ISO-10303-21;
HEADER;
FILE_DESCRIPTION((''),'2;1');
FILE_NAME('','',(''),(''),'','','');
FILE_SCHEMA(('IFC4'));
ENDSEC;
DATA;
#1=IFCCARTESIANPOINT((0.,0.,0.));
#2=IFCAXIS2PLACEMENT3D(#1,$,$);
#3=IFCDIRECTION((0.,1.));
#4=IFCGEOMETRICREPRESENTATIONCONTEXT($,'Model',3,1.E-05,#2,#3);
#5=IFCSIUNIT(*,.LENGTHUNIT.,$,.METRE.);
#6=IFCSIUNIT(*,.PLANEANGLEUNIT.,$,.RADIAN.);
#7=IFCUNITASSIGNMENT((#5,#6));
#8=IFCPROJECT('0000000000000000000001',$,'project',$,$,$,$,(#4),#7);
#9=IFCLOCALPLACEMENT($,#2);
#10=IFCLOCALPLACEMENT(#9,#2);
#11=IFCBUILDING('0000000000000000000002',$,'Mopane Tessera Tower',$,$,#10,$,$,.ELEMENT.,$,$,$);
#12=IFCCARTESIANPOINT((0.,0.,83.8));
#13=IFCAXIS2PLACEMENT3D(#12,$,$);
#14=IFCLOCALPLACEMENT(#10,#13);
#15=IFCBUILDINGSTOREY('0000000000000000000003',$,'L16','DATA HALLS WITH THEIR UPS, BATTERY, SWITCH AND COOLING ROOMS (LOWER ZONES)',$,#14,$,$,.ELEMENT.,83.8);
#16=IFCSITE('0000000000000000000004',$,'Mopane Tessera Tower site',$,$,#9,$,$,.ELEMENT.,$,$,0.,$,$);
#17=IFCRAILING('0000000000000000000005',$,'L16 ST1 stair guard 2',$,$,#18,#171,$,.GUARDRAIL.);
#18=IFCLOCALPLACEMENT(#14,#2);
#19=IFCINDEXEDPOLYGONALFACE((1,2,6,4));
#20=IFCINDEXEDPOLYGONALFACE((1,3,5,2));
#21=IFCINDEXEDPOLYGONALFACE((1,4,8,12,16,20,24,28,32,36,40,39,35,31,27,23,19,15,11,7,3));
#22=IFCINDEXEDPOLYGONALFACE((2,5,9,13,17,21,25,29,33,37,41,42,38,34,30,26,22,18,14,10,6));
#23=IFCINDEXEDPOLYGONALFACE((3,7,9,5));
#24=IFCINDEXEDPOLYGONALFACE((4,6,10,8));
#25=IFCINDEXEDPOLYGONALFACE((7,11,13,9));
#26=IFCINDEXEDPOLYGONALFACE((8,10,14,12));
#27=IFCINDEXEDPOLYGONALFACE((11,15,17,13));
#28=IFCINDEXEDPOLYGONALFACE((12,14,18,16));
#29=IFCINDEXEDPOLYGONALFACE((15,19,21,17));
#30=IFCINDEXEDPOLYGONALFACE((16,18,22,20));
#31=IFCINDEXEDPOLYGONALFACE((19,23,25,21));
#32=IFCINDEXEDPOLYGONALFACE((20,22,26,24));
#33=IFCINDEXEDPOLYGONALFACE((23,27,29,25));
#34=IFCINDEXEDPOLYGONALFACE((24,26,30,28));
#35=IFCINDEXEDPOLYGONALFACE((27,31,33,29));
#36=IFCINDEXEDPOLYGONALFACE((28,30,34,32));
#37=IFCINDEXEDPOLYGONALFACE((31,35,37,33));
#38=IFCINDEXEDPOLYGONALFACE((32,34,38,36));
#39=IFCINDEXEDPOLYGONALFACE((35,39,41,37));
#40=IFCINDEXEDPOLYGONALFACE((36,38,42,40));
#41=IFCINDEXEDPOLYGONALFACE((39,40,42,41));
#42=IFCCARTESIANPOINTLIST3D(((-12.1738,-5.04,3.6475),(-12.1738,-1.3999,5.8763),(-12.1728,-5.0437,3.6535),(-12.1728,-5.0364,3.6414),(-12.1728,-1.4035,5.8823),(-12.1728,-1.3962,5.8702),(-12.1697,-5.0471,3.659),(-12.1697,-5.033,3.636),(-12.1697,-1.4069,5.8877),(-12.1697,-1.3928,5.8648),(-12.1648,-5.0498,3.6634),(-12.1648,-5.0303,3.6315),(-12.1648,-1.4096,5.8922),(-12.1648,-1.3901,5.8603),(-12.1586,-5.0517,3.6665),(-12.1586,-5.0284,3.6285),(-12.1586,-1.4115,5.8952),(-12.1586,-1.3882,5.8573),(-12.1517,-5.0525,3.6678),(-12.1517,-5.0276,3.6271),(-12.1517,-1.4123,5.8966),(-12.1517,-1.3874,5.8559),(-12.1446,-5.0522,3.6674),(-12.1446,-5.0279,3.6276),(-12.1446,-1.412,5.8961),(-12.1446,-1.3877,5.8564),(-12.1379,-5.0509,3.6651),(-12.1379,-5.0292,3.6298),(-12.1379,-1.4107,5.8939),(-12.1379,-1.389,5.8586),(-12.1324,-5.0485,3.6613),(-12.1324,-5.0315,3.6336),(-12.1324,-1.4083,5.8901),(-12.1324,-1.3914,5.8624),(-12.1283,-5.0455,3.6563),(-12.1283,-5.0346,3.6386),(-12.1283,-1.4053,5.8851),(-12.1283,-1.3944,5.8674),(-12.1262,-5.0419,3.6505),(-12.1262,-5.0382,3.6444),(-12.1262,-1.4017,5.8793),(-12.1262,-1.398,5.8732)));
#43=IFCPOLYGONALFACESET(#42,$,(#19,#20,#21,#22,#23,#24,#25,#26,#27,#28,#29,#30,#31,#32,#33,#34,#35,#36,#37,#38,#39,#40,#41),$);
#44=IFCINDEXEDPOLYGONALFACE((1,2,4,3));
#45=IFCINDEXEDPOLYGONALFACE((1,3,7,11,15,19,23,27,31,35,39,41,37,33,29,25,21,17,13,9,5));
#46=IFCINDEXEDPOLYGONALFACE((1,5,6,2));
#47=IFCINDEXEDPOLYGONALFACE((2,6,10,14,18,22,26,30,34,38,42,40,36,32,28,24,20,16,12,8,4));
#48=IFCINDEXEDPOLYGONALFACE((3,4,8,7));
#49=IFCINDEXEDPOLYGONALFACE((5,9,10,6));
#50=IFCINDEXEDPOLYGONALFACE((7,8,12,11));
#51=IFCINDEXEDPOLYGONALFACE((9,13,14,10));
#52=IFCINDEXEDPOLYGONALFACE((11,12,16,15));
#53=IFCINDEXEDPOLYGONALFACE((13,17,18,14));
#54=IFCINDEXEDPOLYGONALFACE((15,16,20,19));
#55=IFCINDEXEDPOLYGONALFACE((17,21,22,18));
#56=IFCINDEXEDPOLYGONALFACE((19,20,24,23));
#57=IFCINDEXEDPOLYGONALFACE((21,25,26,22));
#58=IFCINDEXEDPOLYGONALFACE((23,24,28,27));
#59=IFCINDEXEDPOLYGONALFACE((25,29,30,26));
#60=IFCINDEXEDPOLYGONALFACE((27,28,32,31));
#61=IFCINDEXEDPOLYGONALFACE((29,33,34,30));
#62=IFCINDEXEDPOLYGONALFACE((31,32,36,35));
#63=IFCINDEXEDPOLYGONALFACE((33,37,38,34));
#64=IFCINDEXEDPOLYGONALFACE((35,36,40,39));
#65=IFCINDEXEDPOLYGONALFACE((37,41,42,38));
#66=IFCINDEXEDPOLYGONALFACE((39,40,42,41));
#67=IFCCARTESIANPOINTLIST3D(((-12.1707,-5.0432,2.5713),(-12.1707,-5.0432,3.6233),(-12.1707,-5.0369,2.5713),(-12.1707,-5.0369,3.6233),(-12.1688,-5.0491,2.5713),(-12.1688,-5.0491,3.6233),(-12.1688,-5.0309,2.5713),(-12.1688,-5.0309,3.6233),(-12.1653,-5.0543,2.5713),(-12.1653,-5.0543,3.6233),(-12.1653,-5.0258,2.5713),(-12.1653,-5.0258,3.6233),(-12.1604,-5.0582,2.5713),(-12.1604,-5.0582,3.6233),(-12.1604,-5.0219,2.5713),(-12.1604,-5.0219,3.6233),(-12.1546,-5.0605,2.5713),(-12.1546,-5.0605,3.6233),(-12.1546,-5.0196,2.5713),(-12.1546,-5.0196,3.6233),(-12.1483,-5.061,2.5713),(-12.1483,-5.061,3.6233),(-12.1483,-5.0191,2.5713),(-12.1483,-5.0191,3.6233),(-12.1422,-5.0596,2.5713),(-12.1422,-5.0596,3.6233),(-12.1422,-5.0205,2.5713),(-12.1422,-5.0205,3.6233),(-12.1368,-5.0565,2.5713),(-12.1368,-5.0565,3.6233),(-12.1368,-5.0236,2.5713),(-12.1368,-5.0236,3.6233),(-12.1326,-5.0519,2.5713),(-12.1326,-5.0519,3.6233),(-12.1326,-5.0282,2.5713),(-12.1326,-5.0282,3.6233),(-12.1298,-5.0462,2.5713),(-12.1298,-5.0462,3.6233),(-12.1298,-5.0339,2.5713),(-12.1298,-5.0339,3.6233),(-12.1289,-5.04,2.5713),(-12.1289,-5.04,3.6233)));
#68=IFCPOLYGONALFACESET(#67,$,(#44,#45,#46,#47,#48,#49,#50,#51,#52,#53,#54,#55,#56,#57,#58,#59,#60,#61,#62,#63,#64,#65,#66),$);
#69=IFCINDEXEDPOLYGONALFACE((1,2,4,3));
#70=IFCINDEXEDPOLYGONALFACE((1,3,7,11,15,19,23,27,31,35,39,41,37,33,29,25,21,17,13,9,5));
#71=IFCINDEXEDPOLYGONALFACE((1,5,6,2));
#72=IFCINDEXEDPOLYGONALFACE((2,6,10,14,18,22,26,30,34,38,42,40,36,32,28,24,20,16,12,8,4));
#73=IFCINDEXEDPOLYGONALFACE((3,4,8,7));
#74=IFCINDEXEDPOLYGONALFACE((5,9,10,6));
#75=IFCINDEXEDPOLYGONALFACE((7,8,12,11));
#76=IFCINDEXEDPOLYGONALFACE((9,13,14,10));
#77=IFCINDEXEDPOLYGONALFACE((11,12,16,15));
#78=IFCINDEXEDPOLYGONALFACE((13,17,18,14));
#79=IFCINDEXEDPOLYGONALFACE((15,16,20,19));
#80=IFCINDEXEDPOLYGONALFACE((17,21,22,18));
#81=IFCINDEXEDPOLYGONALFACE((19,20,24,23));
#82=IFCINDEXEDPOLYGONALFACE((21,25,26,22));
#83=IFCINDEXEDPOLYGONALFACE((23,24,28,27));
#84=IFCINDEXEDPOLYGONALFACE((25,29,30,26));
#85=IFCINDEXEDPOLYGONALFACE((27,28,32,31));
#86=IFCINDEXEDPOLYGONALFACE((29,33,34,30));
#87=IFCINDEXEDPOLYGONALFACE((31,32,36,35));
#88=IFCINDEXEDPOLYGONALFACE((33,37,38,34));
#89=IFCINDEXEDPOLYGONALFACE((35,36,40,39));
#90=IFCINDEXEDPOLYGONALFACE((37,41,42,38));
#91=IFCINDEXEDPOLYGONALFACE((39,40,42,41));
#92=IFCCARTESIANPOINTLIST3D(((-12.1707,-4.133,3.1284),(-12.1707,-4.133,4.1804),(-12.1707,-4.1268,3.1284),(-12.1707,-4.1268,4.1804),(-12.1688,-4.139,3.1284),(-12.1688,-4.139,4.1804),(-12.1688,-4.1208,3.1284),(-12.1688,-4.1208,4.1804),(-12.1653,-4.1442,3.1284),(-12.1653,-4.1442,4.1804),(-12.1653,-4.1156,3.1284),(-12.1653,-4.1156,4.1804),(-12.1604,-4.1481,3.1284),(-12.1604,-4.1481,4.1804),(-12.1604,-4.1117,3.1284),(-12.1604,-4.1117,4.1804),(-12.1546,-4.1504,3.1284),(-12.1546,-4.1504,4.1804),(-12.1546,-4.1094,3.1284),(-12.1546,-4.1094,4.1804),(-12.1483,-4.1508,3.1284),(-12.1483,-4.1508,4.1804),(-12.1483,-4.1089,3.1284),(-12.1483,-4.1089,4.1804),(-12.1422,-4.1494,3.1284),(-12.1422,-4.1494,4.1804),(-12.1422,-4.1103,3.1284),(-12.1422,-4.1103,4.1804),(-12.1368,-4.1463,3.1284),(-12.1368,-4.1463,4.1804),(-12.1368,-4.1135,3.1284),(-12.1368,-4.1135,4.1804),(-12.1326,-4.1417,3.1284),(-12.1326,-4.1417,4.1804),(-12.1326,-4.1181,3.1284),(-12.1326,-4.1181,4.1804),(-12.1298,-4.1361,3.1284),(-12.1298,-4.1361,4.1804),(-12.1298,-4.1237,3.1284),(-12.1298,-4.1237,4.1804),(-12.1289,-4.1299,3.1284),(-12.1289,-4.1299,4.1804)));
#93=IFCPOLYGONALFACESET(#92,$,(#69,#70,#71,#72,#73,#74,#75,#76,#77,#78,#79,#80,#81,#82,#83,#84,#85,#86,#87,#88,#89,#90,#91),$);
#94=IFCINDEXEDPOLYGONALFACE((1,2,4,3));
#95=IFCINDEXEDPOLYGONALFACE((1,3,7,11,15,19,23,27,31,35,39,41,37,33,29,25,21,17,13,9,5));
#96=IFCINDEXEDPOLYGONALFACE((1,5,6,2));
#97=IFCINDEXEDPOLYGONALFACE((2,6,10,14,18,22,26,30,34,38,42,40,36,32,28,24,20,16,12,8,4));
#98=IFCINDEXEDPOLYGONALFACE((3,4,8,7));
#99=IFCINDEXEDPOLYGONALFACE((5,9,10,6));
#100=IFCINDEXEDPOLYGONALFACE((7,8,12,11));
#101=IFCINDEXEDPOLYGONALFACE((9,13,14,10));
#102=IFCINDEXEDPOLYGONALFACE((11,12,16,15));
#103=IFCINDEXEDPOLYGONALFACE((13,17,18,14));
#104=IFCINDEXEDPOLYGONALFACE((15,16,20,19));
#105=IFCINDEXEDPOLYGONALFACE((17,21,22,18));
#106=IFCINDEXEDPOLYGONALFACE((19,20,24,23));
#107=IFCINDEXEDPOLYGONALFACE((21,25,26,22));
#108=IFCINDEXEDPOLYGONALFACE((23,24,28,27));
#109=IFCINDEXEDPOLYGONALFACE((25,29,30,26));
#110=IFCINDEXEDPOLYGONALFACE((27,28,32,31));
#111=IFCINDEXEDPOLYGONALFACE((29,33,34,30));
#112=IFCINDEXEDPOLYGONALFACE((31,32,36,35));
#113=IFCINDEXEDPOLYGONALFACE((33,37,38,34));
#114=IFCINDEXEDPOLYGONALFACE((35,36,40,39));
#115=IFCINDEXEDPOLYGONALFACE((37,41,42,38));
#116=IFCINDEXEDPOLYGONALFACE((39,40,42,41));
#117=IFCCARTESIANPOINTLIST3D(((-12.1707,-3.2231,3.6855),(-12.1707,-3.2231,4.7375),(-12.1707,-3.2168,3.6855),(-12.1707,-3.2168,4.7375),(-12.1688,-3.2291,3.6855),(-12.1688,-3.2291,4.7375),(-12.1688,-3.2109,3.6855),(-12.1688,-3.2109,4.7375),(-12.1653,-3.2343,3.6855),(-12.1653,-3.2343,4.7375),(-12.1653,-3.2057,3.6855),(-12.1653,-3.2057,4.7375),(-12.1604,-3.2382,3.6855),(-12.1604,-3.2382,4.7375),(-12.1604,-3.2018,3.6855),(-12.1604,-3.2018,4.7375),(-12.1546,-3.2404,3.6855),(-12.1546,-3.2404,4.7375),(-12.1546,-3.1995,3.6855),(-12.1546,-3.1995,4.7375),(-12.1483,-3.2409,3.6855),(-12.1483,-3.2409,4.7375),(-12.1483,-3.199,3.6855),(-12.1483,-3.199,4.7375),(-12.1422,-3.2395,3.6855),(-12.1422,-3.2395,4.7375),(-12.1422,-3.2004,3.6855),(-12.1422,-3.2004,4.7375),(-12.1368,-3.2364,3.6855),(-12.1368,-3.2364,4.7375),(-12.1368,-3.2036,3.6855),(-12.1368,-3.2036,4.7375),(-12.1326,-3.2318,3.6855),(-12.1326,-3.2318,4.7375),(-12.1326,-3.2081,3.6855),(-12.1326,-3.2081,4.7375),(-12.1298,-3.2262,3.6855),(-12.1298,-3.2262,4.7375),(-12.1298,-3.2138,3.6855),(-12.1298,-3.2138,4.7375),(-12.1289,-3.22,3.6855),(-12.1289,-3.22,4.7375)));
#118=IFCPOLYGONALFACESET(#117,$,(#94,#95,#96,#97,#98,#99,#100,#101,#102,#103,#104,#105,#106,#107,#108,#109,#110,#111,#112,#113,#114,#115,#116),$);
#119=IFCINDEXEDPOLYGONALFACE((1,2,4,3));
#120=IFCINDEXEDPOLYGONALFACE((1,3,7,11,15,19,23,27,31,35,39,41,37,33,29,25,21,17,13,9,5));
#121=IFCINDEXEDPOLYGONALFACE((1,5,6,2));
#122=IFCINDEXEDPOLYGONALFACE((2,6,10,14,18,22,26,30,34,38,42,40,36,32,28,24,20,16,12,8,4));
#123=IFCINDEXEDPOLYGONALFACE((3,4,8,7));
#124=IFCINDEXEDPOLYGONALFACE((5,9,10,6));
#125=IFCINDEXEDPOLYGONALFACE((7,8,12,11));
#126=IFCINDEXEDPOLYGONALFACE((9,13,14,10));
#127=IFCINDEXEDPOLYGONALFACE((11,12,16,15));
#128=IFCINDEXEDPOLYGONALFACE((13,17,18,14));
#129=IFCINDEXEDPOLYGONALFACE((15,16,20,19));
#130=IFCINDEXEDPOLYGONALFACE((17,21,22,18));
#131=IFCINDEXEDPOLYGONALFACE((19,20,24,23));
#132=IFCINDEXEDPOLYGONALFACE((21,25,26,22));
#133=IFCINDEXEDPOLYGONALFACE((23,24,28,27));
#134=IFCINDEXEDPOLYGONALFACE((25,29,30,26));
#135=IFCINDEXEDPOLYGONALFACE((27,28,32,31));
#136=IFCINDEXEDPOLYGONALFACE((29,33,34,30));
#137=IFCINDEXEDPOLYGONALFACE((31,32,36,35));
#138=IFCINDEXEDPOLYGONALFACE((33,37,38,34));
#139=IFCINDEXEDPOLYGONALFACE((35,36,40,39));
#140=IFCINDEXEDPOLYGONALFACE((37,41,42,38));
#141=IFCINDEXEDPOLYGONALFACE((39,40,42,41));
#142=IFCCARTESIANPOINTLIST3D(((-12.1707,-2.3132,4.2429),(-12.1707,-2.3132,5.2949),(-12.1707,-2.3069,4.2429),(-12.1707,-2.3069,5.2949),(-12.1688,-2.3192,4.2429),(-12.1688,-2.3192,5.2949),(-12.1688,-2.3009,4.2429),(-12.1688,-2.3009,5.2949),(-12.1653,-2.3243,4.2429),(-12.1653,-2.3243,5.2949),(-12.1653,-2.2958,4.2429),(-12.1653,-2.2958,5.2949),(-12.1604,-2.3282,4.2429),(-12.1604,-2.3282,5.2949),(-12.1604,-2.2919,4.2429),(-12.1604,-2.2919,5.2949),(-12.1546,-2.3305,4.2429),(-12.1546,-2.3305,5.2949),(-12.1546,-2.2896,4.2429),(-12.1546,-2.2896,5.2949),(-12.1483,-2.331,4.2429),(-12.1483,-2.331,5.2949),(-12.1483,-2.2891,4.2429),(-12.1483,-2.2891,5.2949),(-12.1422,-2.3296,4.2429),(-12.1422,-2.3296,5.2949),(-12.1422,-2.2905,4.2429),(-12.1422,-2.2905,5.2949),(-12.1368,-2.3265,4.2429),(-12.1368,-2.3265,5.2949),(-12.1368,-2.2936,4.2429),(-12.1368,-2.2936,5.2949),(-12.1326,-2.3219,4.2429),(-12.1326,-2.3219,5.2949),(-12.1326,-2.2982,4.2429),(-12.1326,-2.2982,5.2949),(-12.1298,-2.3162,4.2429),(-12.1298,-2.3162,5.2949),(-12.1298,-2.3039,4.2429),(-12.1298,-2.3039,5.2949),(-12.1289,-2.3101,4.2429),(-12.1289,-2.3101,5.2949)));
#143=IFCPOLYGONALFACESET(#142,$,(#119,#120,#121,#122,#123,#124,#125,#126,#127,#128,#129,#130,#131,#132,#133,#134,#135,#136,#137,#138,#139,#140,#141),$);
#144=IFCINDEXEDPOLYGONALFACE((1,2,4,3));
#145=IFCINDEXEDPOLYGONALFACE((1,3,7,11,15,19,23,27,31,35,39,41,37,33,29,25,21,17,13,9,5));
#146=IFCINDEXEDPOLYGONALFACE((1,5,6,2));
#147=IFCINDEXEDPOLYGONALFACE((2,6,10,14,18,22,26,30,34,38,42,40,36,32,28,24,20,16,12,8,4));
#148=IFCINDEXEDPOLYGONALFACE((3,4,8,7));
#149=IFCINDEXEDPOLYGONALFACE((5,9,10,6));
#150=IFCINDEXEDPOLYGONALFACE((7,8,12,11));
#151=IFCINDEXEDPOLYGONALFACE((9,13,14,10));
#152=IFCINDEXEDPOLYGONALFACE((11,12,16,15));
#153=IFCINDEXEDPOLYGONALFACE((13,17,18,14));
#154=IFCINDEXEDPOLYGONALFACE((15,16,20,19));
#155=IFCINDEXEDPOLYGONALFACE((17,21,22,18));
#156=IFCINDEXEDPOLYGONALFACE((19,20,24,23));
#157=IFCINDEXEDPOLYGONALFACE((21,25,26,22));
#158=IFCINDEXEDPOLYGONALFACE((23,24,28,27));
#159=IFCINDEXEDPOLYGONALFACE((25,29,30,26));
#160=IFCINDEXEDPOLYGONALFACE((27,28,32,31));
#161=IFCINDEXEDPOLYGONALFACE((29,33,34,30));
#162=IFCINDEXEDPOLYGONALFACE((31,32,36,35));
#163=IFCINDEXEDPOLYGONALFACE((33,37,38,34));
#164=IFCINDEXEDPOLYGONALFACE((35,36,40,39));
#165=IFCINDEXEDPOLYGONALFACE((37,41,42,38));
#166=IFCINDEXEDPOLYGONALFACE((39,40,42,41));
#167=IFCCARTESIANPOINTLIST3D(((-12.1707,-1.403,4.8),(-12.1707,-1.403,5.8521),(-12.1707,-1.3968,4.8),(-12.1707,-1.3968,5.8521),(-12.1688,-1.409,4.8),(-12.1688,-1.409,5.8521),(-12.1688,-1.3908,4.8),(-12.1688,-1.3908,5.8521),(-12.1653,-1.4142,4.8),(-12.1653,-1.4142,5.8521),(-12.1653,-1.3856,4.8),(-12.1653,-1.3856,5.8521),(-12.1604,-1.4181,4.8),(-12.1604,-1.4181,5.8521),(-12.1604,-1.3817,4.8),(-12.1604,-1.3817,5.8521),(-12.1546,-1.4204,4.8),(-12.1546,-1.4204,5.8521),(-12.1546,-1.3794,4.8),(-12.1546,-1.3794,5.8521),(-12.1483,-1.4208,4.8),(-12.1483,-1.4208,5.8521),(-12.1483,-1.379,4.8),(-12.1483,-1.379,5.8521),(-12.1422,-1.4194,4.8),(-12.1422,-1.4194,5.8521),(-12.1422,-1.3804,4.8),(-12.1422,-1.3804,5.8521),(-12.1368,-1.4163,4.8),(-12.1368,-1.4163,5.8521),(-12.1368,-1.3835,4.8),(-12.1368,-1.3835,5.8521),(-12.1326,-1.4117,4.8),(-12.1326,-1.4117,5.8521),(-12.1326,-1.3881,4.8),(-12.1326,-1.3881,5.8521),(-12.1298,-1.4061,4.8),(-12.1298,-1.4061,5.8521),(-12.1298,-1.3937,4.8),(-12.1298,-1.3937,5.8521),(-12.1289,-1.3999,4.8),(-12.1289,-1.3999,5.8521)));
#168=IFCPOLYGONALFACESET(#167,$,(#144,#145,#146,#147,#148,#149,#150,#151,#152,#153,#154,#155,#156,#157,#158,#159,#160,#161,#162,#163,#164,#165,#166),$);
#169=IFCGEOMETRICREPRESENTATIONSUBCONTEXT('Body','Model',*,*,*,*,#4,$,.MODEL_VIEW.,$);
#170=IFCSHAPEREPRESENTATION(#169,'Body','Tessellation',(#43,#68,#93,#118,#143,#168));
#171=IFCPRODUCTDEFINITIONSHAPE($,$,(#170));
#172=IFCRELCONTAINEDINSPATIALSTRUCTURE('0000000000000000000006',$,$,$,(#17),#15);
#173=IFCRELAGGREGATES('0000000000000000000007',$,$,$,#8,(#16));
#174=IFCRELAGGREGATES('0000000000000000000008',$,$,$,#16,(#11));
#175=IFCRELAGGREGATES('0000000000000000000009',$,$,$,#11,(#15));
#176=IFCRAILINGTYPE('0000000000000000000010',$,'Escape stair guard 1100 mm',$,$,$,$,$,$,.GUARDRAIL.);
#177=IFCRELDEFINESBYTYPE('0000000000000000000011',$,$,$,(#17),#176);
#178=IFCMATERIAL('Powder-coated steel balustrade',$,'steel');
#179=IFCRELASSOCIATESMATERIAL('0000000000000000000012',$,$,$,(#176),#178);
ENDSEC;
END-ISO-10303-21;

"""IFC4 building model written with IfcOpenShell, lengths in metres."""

from ifc_helpers import new_model, si_unit, direction, frame, origin, origin_2d, place, context, subcontext, project, spatial, circle, extrude, material, type_object, element, save


model = new_model("IFC4")

# Units and contexts
model_context = context("Model", 3, precision=1e-05, world=origin(), true_north=direction((0.0, 1.0)))
body_context = subcontext(model_context, "Body", "Model", "MODEL_VIEW")
ifc_project = project(units=[si_unit("LENGTHUNIT", "METRE"), si_unit("PLANEANGLEUNIT", "RADIAN")], contexts=[model_context])

# Site, building, storey
site_placement = place(None, origin())
site = spatial("IfcSite", under=ifc_project, at=site_placement, Name="Mopane Tessera Tower site", CompositionType="ELEMENT", RefElevation=0.0)
building_placement = place(site_placement, origin())
building = spatial("IfcBuilding", under=site, at=building_placement, Name="Mopane Tessera Tower", CompositionType="ELEMENT")
storey_placement = place(building_placement, frame((0.0, 0.0, 83.8)))
storey = spatial("IfcBuildingStorey", under=building, at=storey_placement, Name="L16", Description="DATA HALLS WITH THEIR UPS, BATTERY, SWITCH AND COOLING ROOMS (LOWER ZONES)", CompositionType="ELEMENT", Elevation=83.8)

# Railing
ifc_material_1 = material(Name="Powder-coated steel balustrade", Category="steel")
railing_type_1 = type_object("IfcRailingType", Name="Escape stair guard 1100 mm", PredefinedType="GUARDRAIL", material=ifc_material_1)
railing_1_placement = place(storey_placement, frame((-12.1499, -5.04, 2.5713)))
element("IfcRailing", 1, at=railing_1_placement, inside=storey, type_object=railing_type_1, Name="L16 ST1 stair guard 2", PredefinedType="GUARDRAIL", context=body_context, shape_type="SweptSolid", body=[
    extrude(circle(Radius=0.0239, at=origin_2d()), frame((0.0, 0.0, 1.0762), z_axis=(0.0, 0.85284, 0.522172), x_axis=(-1.0, 0.0, 0.0)), (0.0, 0.0, 1.0), 4.2683),
    extrude(circle(Radius=0.021, at=origin_2d()), origin(), (0.0, 0.0, 1.0), 1.052),
    extrude(circle(Radius=0.021, at=origin_2d()), frame((0.0, 0.9102, 0.5571)), (0.0, 0.0, 1.0), 1.052),
    extrude(circle(Radius=0.021, at=origin_2d()), frame((0.0, 1.8201, 1.1143)), (0.0, 0.0, 1.0), 1.052),
    extrude(circle(Radius=0.021, at=origin_2d()), frame((0.0, 2.73, 1.6716)), (0.0, 0.0, 1.0), 1.052),
    extrude(circle(Radius=0.021, at=origin_2d()), frame((0.0, 3.6401, 2.2288)), (0.0, 0.0, 1.0), 1.052),
])

save(model, "model.ifc")
